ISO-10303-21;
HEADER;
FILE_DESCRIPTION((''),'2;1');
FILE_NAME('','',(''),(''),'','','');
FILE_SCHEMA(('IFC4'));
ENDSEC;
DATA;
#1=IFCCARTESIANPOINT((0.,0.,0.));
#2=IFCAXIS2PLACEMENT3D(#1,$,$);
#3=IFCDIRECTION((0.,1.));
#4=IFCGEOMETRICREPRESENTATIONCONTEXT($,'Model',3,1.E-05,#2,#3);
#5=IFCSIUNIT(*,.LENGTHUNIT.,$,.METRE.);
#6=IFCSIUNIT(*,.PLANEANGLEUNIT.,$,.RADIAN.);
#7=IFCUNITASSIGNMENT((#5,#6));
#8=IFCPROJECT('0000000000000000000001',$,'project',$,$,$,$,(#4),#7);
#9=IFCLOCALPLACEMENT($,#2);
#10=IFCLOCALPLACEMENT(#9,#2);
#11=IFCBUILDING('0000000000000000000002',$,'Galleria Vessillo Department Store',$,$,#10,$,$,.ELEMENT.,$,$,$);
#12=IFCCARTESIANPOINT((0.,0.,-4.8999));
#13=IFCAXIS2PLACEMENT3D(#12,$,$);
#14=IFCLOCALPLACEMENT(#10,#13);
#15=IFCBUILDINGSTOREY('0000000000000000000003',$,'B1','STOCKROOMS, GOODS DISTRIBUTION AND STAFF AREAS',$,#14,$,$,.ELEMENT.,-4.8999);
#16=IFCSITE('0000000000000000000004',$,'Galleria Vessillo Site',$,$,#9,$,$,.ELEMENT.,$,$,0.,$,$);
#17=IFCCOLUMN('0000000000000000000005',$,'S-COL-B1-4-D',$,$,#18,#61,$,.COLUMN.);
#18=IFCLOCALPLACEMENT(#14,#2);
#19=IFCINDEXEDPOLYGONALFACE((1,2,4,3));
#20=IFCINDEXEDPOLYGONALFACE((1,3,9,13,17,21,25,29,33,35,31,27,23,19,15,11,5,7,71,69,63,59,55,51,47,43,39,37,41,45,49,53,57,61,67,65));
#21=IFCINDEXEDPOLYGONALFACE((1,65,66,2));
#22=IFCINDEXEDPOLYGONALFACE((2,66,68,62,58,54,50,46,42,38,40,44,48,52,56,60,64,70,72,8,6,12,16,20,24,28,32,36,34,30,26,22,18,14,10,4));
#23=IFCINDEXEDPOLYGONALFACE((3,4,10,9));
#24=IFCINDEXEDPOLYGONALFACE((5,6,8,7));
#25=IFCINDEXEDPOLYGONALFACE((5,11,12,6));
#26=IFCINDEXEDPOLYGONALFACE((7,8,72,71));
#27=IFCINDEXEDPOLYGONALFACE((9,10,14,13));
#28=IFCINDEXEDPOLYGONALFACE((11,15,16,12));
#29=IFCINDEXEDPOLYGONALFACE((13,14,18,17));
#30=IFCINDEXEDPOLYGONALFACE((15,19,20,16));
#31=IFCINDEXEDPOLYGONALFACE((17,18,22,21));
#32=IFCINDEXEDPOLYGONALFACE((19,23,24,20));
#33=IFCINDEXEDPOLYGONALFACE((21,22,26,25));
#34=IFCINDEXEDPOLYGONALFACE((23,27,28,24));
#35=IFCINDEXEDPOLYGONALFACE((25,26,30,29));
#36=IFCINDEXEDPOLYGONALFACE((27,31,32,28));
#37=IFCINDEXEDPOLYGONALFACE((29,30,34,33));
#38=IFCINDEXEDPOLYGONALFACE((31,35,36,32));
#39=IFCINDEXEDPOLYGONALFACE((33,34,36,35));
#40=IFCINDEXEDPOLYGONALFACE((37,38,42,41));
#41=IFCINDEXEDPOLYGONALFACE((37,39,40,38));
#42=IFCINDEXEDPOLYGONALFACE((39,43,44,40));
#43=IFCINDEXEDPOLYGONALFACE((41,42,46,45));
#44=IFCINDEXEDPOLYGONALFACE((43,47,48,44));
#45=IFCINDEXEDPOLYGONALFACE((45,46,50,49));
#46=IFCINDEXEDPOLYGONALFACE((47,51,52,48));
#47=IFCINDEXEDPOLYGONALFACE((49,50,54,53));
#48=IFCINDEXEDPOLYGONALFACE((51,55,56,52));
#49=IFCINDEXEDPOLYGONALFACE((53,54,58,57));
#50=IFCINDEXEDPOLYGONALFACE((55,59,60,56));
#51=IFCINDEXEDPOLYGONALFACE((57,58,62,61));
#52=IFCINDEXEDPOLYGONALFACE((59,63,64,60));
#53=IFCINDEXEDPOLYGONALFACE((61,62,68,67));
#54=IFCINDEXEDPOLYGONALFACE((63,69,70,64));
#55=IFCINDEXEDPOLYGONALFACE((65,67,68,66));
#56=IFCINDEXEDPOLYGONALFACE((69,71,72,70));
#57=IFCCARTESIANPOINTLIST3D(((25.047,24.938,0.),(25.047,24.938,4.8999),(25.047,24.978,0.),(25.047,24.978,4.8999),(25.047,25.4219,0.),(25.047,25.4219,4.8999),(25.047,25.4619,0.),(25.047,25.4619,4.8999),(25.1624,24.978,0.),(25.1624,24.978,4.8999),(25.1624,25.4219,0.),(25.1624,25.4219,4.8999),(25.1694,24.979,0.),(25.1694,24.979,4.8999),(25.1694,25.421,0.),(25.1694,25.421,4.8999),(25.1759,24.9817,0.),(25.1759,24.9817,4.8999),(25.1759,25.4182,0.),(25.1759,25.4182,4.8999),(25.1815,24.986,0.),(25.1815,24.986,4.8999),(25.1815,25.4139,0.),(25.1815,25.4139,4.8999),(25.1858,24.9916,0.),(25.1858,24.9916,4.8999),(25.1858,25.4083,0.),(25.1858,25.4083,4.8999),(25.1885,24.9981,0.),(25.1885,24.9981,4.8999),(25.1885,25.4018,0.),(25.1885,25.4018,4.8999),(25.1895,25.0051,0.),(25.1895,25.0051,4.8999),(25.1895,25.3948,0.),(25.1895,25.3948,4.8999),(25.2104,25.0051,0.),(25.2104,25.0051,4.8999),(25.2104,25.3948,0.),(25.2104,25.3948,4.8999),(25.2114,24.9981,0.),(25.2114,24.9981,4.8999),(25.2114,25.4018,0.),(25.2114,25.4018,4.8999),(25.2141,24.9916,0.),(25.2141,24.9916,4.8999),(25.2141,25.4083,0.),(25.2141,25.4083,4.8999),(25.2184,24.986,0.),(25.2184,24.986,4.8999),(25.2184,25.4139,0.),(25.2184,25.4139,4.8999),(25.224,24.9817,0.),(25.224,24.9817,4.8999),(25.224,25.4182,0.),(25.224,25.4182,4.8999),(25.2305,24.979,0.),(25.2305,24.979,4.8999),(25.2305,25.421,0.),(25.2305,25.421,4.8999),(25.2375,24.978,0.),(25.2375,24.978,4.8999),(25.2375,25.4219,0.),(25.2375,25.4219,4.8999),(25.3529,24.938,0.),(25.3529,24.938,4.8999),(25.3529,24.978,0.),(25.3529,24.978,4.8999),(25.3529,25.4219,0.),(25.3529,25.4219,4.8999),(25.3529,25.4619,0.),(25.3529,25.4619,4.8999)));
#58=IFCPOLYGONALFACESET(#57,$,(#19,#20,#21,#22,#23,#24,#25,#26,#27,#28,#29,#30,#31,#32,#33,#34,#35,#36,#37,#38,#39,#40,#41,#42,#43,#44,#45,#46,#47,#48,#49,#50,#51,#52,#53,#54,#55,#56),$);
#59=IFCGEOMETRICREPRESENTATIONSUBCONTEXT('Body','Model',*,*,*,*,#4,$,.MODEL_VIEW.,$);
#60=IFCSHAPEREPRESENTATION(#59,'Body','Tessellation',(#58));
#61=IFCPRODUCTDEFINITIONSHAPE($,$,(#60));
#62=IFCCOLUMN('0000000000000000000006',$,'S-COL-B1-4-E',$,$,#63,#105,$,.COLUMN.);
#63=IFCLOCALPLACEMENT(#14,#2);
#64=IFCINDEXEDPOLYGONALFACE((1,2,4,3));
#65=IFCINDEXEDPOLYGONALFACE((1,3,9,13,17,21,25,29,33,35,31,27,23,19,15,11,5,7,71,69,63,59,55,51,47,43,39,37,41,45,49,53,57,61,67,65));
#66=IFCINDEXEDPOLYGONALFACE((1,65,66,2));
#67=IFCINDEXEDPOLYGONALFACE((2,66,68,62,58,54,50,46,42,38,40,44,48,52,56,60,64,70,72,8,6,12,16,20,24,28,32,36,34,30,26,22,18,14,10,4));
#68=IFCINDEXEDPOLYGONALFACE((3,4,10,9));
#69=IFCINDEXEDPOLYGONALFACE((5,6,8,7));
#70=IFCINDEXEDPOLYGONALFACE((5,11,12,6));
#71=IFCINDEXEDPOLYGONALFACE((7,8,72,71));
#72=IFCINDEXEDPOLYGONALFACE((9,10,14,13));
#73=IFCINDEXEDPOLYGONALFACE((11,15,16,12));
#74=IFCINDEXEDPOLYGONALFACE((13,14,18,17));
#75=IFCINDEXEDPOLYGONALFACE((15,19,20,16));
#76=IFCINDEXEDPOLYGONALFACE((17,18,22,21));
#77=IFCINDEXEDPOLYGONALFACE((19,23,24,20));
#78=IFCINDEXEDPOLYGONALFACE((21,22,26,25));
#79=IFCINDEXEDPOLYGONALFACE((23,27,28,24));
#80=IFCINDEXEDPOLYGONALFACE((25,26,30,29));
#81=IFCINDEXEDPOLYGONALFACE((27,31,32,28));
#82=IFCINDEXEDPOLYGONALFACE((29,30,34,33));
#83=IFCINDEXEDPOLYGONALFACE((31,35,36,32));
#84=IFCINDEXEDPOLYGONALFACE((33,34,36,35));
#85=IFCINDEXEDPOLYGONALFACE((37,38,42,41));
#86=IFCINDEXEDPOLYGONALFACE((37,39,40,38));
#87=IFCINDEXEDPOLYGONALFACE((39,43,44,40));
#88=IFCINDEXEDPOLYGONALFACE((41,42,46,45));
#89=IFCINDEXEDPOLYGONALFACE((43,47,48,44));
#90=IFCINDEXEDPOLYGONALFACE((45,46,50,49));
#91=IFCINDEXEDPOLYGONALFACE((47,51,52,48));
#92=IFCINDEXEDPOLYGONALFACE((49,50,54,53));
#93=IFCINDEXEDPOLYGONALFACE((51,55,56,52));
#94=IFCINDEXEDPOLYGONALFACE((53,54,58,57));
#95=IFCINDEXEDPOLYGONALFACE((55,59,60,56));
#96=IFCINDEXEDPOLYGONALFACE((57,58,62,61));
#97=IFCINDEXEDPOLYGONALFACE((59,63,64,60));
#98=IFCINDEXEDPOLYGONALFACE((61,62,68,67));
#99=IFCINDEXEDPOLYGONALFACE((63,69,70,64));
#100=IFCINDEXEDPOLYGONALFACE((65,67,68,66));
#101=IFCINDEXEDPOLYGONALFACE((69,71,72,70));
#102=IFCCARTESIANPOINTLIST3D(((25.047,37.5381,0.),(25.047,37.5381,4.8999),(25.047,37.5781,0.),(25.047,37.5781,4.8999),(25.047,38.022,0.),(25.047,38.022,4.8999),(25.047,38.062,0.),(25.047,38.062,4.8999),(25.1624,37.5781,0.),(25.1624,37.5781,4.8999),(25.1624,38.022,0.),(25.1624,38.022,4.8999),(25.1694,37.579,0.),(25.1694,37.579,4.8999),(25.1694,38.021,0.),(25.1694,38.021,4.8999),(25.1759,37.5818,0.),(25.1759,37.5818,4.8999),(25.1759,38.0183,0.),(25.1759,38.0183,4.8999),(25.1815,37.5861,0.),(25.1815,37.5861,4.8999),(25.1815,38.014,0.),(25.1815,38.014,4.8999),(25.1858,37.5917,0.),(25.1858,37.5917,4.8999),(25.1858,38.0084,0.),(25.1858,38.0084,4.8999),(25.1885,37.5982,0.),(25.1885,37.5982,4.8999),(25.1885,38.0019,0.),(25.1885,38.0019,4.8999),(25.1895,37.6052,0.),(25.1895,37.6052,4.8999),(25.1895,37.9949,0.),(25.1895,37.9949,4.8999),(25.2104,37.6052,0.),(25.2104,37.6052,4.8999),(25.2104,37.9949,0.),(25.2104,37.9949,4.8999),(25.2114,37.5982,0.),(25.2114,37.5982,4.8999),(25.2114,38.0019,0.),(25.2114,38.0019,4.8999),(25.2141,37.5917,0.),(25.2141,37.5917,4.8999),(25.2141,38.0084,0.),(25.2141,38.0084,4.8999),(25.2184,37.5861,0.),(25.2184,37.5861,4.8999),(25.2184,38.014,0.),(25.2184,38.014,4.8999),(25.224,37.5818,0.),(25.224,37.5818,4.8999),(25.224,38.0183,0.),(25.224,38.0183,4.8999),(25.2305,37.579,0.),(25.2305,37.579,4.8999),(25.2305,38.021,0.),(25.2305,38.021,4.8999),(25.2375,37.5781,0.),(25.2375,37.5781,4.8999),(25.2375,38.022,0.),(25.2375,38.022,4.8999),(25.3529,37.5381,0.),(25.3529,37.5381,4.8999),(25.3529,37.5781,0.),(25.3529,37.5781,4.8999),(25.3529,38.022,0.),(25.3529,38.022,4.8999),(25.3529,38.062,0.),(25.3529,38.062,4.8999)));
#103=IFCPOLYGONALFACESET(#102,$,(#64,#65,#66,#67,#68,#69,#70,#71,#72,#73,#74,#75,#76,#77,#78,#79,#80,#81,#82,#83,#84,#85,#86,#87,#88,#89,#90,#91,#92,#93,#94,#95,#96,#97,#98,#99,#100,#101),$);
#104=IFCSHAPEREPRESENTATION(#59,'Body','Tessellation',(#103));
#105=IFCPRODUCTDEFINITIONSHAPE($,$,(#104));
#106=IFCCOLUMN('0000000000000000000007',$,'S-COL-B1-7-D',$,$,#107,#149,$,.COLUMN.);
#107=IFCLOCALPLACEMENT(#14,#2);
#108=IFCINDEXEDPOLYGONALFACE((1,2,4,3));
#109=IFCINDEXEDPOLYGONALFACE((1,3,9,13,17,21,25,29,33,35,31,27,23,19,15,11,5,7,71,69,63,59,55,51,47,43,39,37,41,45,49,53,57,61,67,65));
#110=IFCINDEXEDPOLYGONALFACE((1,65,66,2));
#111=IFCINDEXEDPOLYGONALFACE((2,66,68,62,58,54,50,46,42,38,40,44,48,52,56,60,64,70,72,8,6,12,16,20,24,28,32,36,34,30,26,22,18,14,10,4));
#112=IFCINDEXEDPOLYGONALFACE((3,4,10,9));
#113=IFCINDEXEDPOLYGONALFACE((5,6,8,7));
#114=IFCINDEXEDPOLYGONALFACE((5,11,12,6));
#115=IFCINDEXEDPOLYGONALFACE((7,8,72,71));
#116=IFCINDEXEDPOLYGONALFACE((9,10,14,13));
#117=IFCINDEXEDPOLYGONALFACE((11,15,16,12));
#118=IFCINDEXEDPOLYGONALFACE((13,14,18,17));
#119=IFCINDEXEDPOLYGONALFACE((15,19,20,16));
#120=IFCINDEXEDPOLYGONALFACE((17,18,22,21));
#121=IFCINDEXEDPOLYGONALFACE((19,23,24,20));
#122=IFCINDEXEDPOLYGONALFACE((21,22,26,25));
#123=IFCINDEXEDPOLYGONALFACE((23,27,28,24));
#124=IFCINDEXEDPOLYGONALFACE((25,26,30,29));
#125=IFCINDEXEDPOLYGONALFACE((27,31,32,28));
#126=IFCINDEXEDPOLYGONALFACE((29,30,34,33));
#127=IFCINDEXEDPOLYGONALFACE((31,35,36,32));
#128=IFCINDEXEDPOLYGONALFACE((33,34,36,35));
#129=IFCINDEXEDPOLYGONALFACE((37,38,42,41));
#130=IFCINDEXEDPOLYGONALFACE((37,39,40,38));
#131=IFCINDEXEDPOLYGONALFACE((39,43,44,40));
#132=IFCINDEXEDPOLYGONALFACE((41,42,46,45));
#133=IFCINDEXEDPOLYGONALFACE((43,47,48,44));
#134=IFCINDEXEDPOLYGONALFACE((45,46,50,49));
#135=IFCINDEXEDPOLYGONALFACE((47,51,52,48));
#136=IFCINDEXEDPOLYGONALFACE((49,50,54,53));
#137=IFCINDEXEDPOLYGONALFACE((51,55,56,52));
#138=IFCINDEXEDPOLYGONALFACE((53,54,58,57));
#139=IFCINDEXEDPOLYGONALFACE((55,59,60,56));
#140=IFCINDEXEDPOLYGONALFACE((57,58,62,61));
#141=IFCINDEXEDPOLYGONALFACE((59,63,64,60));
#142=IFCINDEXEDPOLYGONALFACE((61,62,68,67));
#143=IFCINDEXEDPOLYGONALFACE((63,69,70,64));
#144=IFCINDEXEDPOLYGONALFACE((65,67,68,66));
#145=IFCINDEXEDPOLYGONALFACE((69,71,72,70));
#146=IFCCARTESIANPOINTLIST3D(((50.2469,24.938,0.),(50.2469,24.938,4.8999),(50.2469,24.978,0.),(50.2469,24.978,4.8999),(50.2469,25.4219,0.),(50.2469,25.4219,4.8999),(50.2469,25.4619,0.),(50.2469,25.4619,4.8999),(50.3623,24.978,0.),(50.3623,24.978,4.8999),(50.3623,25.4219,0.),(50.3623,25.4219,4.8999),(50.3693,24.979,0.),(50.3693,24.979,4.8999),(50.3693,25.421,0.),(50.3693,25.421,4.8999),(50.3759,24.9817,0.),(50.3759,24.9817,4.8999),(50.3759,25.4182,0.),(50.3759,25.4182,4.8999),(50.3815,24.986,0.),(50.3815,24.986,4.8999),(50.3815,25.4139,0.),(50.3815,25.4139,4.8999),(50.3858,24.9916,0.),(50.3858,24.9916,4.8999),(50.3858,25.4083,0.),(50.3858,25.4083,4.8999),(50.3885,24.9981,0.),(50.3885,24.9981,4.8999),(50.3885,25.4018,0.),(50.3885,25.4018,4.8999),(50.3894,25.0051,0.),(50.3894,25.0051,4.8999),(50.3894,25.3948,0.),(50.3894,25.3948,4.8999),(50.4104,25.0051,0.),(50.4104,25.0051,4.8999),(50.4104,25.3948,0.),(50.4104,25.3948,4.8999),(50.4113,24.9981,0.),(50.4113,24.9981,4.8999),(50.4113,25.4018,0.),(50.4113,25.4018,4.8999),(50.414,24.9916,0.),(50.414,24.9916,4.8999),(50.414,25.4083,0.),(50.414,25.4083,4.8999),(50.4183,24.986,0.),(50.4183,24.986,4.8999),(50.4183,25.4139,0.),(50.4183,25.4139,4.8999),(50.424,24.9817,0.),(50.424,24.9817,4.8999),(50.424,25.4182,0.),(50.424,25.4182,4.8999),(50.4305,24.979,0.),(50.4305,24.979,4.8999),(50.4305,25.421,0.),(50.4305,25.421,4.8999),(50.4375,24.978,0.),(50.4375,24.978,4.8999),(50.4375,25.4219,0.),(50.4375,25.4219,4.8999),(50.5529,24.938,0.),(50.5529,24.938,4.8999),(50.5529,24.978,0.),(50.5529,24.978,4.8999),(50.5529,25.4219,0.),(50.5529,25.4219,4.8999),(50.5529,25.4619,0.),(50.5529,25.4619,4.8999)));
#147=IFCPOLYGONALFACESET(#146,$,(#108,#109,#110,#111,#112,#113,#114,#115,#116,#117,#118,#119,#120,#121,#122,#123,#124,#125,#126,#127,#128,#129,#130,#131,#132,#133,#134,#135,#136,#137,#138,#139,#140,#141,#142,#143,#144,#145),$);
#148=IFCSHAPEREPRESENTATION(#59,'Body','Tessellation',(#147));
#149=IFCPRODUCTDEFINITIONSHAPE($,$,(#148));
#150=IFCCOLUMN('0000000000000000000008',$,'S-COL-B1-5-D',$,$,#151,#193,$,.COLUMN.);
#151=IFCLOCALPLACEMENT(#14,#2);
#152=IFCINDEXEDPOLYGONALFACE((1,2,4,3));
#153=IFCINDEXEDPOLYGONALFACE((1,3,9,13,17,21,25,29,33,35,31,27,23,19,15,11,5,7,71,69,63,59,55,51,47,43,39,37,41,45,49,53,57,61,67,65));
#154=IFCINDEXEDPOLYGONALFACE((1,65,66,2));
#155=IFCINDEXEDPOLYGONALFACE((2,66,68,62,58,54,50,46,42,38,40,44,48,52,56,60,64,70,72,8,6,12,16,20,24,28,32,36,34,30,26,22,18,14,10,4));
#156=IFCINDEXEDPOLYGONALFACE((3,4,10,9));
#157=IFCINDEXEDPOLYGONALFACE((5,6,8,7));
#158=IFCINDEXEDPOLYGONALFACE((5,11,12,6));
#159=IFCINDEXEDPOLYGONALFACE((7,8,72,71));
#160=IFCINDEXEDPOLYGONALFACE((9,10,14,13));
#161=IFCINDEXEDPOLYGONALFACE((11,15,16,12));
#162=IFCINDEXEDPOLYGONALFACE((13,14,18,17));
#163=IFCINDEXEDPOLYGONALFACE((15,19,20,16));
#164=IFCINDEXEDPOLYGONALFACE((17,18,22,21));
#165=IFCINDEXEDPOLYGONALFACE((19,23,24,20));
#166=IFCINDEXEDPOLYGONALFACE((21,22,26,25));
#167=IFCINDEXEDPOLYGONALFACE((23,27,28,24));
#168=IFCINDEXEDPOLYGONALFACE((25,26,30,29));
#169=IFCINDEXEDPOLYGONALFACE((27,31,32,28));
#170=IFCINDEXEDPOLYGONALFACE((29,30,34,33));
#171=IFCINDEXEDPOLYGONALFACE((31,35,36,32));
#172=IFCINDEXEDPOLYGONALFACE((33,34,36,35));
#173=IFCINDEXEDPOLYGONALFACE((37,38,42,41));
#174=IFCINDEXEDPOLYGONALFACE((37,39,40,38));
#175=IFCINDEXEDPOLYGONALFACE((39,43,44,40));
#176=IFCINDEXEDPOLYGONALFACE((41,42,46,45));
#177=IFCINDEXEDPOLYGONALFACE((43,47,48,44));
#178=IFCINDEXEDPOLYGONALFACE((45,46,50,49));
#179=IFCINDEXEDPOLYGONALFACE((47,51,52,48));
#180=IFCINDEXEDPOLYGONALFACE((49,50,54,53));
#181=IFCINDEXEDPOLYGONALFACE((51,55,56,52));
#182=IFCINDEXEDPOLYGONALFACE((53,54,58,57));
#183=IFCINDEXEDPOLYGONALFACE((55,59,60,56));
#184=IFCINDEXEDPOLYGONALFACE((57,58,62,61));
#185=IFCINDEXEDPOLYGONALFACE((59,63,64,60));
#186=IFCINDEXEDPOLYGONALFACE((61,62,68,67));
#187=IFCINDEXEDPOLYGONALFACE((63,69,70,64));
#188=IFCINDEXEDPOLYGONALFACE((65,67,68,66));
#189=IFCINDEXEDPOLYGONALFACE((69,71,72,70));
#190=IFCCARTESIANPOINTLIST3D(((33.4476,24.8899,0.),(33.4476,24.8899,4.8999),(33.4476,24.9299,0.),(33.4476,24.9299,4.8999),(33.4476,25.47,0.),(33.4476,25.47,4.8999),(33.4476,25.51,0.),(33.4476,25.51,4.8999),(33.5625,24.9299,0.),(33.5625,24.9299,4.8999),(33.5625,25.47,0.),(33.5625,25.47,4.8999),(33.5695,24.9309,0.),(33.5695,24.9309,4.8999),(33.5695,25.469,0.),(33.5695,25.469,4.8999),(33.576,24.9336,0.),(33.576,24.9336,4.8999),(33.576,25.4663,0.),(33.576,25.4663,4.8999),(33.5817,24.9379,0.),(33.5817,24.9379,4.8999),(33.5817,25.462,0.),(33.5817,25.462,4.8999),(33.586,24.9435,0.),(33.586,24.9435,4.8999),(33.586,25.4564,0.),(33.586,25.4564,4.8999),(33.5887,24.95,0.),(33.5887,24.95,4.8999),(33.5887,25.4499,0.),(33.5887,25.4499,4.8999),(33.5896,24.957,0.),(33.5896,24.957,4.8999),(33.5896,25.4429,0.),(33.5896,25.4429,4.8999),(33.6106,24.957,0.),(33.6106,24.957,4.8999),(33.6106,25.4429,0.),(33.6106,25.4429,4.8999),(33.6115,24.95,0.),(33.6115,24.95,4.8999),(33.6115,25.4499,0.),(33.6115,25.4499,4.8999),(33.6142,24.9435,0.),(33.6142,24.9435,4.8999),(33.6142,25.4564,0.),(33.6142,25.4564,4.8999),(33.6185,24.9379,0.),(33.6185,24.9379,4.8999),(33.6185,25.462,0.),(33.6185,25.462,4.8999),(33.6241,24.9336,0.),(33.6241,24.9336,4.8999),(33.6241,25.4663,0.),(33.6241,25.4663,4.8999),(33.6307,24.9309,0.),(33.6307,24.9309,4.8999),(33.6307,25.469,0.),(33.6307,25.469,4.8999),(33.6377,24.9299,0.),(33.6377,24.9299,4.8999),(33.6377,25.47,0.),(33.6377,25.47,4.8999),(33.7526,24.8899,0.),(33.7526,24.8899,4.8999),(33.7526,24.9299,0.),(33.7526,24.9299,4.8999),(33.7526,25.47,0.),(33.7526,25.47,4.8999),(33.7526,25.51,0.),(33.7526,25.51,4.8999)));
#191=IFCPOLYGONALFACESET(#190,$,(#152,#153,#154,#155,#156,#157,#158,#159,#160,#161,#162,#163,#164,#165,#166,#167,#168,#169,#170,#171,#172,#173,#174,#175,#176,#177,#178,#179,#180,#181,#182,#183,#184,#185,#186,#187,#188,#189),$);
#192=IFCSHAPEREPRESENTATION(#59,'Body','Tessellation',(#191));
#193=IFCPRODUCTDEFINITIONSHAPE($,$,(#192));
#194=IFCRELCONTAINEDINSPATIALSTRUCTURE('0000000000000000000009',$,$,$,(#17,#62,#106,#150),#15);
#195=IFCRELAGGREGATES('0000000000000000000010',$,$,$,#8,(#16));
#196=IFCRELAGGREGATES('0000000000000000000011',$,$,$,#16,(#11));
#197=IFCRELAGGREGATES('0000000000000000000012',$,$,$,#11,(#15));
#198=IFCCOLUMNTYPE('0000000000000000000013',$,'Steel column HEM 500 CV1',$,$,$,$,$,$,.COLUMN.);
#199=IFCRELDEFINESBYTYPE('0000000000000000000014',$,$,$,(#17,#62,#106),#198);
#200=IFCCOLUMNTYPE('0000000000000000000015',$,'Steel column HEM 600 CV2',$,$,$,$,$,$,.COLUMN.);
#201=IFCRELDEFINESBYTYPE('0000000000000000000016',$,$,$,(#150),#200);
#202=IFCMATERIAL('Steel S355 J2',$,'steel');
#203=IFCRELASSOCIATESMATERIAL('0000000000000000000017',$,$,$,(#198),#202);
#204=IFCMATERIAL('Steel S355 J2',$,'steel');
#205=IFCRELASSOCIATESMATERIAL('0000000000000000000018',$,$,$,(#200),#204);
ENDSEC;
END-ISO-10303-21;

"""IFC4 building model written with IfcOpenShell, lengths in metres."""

from ifc_helpers import new_model, si_unit, direction, frame, origin, origin_2d, place, context, subcontext, project, spatial, i_section, extrude, material, material_profile, profile_set, type_object, element, save


model = new_model("IFC4")

# Units and contexts
model_context = context("Model", 3, precision=1e-05, world=origin(), true_north=direction((0.0, 1.0)))
body_context = subcontext(model_context, "Body", "Model", "MODEL_VIEW")
ifc_project = project(units=[si_unit("LENGTHUNIT", "METRE"), si_unit("PLANEANGLEUNIT", "RADIAN")], contexts=[model_context])

# Site, building, storey
site_placement = place(None, origin())
site = spatial("IfcSite", under=ifc_project, at=site_placement, Name="Galleria Vessillo Site", CompositionType="ELEMENT", RefElevation=0.0)
building_placement = place(site_placement, origin())
building = spatial("IfcBuilding", under=site, at=building_placement, Name="Galleria Vessillo Department Store", CompositionType="ELEMENT")
storey_placement = place(building_placement, frame((0.0, 0.0, -4.8999)))
storey = spatial("IfcBuildingStorey", under=building, at=storey_placement, Name="B1", Description="STOCKROOMS, GOODS DISTRIBUTION AND STAFF AREAS", CompositionType="ELEMENT", Elevation=-4.8999)

# Columns
ifc_material_1 = material(Name="Steel S355 J2", Category="steel")
ifc_material_profile_1 = material_profile(ifc_material_1, i_section(OverallWidth=0.3059, OverallDepth=0.5239, WebThickness=0.021, FlangeThickness=0.04, FilletRadius=0.0271, at=origin_2d()), Name="HEM 500")
ifc_profile_set_1 = profile_set([ifc_material_profile_1], Name="Steel S355 J2")
column_type_1 = type_object("IfcColumnType", Name="Steel column HEM 500 CV1", PredefinedType="COLUMN", material=ifc_profile_set_1)
for number, where, z_axis, x_axis, name in (
    (1, (25.2, 25.2, 0.0), (0.0, 0.0, 1.0), (1.0, 0.0, 0.0), "S-COL-B1-4-D"),
    (2, (25.2, 37.8, 0.0), (0.0, 0.0, 1.0), (1.0, 0.0, 0.0), "S-COL-B1-4-E"),
    (3, (50.3999, 25.2, 0.0), (0.0, 0.0, 1.0), (1.0, 0.0, 0.0), "S-COL-B1-7-D"),
):
    element("IfcColumn", number, at=place(storey_placement, frame(where, z_axis=z_axis, x_axis=x_axis)), inside=storey, type_object=column_type_1, Name=name, PredefinedType="COLUMN", context=body_context, shape_type="SweptSolid", body=[
        extrude(i_section(OverallWidth=0.3059, OverallDepth=0.5239, WebThickness=0.021, FlangeThickness=0.04, FilletRadius=0.0271, at=origin_2d()), origin(), (0.0, 0.0, 1.0), 4.8999),
    ])
ifc_material_2 = material(Name="Steel S355 J2", Category="steel")
ifc_material_profile_2 = material_profile(ifc_material_2, i_section(OverallWidth=0.3049, OverallDepth=0.6201, WebThickness=0.021, FlangeThickness=0.04, FilletRadius=0.0271, at=origin_2d()), Name="HEM 600")
ifc_profile_set_2 = profile_set([ifc_material_profile_2], Name="Steel S355 J2")
column_type_2 = type_object("IfcColumnType", Name="Steel column HEM 600 CV2", PredefinedType="COLUMN", material=ifc_profile_set_2)
for number, where, z_axis, x_axis, name in (
    (4, (33.6001, 25.2, 0.0), (0.0, 0.0, 1.0), (1.0, 0.0, 0.0), "S-COL-B1-5-D"),
):
    element("IfcColumn", number, at=place(storey_placement, frame(where, z_axis=z_axis, x_axis=x_axis)), inside=storey, type_object=column_type_2, Name=name, PredefinedType="COLUMN", context=body_context, shape_type="SweptSolid", body=[
        extrude(i_section(OverallWidth=0.3049, OverallDepth=0.6201, WebThickness=0.021, FlangeThickness=0.04, FilletRadius=0.0271, at=origin_2d()), origin(), (0.0, 0.0, 1.0), 4.8999),
    ])

save(model, "model.ifc")
